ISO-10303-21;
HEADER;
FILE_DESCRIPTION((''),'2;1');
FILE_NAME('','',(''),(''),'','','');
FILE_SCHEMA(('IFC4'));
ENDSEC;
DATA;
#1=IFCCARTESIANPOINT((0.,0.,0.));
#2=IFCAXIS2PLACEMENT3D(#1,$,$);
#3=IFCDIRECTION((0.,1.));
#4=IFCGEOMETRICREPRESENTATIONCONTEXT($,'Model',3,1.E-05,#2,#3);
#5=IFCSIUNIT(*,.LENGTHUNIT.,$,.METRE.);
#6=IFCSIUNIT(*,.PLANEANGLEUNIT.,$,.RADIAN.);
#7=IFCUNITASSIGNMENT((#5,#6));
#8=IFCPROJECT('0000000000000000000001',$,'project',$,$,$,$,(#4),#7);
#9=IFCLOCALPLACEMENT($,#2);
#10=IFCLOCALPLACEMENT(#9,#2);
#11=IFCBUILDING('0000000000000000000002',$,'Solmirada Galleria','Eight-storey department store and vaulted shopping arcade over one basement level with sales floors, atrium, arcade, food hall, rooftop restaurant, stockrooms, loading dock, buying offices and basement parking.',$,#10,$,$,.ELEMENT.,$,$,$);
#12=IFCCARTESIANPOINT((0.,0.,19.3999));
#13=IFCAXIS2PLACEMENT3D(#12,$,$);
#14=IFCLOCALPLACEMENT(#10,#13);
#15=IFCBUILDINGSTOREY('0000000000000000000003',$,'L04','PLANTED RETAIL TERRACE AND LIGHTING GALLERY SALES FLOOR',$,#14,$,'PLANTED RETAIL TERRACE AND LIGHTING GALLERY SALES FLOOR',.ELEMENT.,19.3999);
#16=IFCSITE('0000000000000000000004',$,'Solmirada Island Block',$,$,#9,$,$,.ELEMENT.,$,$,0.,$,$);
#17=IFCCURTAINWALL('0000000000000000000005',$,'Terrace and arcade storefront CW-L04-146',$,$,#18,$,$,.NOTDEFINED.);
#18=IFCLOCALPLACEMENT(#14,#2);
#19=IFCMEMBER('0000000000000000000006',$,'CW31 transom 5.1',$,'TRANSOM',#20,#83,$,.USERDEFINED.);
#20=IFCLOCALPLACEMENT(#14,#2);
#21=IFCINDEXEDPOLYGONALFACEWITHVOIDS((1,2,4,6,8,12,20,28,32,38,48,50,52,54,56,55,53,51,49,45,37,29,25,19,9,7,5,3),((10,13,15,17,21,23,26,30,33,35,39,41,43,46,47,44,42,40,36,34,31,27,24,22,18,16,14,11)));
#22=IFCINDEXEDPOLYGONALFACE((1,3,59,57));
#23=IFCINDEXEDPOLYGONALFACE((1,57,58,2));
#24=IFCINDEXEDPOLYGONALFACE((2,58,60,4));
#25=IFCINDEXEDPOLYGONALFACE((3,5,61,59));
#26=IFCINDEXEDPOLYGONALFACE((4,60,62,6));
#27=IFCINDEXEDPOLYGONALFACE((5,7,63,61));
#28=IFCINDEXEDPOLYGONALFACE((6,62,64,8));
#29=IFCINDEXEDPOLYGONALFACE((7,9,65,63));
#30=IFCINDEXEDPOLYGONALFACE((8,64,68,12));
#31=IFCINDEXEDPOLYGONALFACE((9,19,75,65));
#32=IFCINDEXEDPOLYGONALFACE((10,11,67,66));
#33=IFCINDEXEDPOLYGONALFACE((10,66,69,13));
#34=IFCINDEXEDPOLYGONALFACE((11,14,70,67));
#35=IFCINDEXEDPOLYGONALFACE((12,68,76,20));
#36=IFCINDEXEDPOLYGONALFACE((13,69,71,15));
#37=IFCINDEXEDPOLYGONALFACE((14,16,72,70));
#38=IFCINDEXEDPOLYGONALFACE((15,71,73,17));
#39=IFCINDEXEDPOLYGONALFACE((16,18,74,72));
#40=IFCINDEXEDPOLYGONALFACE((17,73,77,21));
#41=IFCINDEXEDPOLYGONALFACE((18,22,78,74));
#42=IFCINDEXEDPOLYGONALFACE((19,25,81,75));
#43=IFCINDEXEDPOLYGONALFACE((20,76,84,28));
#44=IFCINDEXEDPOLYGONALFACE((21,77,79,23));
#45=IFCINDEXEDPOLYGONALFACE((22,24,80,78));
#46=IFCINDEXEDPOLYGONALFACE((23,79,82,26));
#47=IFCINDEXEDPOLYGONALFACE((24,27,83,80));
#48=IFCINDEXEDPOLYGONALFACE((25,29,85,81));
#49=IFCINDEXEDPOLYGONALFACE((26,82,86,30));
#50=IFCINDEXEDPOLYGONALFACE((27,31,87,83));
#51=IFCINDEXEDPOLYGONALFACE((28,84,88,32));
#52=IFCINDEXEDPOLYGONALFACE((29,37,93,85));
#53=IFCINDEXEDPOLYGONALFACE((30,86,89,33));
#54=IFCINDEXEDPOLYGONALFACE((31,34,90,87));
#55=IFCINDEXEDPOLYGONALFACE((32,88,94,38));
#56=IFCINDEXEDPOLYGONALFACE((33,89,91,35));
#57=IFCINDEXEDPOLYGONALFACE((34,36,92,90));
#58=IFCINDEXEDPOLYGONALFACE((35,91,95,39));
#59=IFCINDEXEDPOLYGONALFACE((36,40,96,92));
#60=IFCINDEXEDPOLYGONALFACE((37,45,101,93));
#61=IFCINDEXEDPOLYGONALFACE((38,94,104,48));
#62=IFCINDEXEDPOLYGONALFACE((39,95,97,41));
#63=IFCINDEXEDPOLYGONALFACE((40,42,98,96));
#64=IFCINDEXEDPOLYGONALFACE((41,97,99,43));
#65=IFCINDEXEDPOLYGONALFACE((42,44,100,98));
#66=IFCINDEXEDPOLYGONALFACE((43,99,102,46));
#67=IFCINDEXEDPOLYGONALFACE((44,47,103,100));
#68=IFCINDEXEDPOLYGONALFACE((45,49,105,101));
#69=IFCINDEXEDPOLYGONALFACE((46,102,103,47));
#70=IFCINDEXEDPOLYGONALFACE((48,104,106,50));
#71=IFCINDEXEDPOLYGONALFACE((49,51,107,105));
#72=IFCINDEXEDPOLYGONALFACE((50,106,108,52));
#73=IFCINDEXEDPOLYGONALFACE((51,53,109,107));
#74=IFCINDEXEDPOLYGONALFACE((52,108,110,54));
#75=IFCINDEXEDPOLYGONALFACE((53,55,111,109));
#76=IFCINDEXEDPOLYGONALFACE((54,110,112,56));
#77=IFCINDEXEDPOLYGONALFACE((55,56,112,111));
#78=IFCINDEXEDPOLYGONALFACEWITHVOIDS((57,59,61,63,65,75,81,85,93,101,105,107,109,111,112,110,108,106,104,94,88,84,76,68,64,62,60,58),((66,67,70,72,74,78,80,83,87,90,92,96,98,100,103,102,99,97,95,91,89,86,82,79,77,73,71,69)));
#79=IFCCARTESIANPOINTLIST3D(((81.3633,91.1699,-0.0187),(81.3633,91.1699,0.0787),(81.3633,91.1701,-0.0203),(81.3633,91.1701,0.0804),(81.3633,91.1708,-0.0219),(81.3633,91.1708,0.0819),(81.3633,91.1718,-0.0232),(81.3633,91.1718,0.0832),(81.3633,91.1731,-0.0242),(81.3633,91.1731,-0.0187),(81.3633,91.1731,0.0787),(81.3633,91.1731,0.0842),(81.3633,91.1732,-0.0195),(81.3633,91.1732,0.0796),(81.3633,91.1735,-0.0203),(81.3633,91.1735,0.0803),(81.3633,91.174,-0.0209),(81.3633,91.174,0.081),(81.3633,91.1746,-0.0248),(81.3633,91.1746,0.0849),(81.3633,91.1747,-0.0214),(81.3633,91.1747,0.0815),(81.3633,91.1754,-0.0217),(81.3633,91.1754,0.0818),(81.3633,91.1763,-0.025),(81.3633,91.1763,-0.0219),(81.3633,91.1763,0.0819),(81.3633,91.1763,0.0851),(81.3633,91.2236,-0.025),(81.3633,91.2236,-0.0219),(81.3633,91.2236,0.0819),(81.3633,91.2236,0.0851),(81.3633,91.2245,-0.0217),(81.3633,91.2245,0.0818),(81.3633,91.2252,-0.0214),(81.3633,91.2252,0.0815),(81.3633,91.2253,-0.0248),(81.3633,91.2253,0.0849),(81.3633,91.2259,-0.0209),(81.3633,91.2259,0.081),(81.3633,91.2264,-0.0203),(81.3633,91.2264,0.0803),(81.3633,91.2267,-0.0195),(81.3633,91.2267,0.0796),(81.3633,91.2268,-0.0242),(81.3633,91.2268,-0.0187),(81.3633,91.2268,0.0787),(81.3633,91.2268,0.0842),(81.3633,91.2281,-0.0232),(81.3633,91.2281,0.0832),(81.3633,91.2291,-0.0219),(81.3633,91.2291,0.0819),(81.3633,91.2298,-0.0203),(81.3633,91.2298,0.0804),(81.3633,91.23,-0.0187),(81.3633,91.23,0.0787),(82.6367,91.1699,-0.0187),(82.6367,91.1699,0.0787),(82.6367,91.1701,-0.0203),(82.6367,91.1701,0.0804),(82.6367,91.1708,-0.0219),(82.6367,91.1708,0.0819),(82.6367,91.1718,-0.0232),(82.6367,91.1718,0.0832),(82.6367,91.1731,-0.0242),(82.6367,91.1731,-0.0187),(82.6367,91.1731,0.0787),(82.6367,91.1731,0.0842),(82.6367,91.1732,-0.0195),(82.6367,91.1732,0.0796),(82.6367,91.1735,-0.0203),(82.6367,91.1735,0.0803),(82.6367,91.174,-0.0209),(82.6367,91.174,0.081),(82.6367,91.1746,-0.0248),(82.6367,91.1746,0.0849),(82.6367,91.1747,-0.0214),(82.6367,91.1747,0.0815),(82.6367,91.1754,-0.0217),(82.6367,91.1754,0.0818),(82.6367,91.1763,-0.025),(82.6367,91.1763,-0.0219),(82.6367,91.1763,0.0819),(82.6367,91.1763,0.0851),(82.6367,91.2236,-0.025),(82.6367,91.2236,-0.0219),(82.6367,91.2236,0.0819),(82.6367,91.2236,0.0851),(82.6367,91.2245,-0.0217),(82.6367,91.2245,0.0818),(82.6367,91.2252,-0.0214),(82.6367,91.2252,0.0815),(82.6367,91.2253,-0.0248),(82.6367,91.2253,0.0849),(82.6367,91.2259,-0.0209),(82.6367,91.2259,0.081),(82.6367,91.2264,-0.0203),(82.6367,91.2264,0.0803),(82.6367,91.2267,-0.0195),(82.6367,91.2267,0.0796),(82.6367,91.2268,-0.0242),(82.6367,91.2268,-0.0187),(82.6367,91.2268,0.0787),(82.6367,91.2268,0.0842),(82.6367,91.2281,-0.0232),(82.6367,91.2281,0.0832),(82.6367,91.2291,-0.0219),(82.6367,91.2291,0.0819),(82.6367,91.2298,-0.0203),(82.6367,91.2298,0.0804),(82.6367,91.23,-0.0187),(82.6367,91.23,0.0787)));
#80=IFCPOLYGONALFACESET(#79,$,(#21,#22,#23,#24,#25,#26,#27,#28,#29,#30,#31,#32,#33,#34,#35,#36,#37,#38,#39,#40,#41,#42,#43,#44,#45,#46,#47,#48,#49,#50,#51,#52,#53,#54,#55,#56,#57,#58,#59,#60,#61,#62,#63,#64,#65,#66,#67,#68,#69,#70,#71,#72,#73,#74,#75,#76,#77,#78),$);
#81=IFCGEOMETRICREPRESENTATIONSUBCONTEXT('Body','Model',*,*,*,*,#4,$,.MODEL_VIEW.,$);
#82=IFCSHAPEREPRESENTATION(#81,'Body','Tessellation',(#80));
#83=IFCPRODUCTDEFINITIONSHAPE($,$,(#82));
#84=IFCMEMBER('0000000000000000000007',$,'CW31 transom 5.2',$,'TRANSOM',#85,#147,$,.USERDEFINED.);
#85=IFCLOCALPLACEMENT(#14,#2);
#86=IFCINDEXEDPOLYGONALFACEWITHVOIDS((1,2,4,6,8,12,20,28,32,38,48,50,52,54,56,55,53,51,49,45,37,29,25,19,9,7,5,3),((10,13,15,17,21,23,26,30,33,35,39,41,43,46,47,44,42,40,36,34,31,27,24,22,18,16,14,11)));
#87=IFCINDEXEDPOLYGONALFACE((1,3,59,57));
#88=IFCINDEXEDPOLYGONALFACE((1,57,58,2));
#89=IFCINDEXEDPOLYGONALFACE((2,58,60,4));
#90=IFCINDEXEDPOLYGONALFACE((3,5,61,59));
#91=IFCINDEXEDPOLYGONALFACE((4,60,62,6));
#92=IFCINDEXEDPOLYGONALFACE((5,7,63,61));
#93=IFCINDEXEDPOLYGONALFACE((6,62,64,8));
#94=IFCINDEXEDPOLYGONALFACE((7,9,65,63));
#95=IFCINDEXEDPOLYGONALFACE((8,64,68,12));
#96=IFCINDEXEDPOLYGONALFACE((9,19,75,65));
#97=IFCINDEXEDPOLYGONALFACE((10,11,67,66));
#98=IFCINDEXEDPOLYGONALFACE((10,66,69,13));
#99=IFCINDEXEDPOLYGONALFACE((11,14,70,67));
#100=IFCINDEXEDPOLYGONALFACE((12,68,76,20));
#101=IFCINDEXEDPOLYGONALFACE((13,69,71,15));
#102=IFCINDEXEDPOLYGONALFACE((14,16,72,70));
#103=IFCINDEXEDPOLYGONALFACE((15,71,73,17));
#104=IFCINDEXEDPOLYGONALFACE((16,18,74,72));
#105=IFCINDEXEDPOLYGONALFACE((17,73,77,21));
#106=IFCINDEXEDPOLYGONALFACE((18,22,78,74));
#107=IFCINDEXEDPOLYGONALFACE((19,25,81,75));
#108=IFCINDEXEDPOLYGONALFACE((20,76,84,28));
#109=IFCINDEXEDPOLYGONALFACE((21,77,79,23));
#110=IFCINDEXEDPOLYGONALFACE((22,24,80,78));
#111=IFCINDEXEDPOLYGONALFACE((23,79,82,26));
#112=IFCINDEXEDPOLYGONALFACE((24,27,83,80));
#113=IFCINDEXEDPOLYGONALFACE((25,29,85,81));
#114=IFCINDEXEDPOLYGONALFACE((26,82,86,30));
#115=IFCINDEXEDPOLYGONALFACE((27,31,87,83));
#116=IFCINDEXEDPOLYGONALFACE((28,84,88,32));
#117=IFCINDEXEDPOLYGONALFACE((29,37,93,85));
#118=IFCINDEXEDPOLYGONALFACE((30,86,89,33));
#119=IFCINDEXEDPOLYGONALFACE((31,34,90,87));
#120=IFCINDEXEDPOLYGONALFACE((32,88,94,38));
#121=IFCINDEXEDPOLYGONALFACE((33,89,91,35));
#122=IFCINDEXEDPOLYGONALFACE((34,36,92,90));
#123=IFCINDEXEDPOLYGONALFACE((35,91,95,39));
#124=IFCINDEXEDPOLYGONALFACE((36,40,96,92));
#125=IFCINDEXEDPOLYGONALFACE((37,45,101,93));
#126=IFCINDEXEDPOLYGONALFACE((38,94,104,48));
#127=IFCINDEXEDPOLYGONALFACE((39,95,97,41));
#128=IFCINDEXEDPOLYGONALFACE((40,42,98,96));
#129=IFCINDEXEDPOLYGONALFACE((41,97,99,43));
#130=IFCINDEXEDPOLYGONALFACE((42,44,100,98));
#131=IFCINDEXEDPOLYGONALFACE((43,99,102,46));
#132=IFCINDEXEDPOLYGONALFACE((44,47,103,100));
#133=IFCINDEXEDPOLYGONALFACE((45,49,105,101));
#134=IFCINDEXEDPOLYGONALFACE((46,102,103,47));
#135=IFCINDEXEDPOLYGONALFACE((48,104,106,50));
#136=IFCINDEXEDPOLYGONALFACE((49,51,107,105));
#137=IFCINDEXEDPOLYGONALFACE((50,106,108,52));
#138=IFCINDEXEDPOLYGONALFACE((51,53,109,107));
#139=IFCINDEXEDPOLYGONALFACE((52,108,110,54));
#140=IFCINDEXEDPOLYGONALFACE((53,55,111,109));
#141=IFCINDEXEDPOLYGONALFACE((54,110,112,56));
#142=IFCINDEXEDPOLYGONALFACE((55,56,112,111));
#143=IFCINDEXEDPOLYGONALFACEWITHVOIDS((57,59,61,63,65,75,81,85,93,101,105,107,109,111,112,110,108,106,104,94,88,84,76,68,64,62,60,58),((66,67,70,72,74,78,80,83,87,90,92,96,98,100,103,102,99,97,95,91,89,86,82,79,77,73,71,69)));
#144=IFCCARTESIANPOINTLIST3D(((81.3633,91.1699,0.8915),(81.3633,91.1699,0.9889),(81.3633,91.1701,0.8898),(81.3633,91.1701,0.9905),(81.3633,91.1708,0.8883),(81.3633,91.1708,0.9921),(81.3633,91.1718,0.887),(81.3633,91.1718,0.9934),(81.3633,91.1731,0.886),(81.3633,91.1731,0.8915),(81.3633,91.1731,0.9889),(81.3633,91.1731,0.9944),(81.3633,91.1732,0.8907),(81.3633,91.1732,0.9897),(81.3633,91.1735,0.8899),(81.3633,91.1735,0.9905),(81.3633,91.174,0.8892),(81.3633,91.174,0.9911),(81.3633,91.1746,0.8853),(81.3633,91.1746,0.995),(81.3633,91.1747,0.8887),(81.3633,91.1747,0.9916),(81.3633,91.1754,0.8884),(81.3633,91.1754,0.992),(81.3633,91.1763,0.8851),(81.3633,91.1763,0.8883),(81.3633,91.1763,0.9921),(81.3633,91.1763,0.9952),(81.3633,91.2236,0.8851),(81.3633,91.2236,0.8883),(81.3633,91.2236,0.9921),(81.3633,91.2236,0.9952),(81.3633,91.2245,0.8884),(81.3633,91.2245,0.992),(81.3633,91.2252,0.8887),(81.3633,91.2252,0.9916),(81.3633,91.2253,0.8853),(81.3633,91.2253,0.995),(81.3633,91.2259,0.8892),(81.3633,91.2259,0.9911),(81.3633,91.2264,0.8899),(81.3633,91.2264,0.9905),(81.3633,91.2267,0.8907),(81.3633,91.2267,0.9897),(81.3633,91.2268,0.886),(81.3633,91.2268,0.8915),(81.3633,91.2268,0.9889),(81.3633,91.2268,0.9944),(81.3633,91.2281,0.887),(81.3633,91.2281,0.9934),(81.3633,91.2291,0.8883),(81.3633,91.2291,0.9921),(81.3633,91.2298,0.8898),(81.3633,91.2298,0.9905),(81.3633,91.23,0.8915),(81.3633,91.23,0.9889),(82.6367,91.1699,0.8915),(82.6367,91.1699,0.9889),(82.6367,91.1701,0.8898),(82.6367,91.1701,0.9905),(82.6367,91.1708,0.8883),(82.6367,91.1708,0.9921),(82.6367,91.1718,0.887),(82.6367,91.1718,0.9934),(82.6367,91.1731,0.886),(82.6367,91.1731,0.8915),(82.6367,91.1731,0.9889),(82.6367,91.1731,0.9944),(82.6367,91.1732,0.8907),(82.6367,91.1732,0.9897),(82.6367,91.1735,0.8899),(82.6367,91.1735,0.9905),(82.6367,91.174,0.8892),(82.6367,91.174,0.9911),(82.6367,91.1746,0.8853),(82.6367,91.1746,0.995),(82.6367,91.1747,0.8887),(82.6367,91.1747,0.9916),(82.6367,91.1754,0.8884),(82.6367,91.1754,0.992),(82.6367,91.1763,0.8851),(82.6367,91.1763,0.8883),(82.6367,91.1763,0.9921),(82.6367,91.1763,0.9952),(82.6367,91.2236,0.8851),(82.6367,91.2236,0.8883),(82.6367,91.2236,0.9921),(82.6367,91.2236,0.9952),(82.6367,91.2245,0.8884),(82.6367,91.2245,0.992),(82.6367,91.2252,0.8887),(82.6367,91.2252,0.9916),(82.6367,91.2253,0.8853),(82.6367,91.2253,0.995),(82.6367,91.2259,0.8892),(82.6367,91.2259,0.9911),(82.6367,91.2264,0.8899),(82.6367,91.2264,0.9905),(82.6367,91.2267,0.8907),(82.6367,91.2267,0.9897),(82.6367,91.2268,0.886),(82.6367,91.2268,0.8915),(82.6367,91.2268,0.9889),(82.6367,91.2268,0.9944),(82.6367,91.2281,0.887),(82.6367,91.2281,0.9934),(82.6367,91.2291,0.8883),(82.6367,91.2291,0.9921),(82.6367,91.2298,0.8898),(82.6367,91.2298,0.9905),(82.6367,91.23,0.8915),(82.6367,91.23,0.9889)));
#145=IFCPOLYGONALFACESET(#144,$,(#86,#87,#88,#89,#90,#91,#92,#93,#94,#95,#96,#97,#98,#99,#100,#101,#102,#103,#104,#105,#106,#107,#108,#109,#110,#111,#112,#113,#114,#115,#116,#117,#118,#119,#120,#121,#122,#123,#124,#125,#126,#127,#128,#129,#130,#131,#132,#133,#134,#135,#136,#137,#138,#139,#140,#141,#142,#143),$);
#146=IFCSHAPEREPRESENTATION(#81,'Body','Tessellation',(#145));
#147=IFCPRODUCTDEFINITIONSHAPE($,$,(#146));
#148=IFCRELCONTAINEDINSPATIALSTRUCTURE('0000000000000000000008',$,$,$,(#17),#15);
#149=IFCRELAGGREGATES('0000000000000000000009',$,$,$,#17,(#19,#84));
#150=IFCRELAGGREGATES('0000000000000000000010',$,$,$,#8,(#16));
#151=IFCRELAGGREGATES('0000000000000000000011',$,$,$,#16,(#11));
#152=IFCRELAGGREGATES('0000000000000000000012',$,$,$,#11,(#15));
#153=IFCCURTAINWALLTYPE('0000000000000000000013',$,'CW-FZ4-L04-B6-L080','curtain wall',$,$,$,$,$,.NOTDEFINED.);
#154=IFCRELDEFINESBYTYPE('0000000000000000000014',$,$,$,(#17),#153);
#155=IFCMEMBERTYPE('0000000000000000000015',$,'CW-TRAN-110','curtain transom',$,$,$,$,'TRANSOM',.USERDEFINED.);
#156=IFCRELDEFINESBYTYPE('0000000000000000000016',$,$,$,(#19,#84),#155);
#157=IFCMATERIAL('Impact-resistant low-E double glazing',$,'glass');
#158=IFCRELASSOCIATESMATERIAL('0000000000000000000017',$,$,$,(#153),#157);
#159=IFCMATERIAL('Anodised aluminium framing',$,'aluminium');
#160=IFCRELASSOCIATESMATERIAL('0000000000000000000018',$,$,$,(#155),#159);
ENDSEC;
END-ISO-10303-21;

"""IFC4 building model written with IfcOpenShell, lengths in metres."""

from ifc_helpers import new_model, si_unit, direction, frame, origin, origin_2d, place, context, subcontext, project, spatial, hollow_rectangle, extrude, material, material_profile, profile_set, type_object, element, aggregate, save


model = new_model("IFC4")

# Units and contexts
model_context = context("Model", 3, precision=1e-05, world=origin(), true_north=direction((0.0, 1.0)))
body_context = subcontext(model_context, "Body", "Model", "MODEL_VIEW")
ifc_project = project(units=[si_unit("LENGTHUNIT", "METRE"), si_unit("PLANEANGLEUNIT", "RADIAN")], contexts=[model_context])

# Site, building, storey
site_placement = place(None, origin())
site = spatial("IfcSite", under=ifc_project, at=site_placement, Name="Solmirada Island Block", CompositionType="ELEMENT", RefElevation=0.0)
building_placement = place(site_placement, origin())
building = spatial("IfcBuilding", under=site, at=building_placement, Name="Solmirada Galleria", Description="Eight-storey department store and vaulted shopping arcade over one basement level with sales floors, atrium, arcade, food hall, rooftop restaurant, stockrooms, loading dock, buying offices and basement parking.", CompositionType="ELEMENT")
storey_placement = place(building_placement, frame((0.0, 0.0, 19.3999)))
storey = spatial("IfcBuildingStorey", under=building, at=storey_placement, Name="L04", Description="PLANTED RETAIL TERRACE AND LIGHTING GALLERY SALES FLOOR", LongName="PLANTED RETAIL TERRACE AND LIGHTING GALLERY SALES FLOOR", CompositionType="ELEMENT", Elevation=19.3999)

# Curtain wall, members
ifc_material_1 = material(Name="Impact-resistant low-E double glazing", Category="glass")
curtain_wall_type = type_object("IfcCurtainWallType", Name="CW-FZ4-L04-B6-L080", Description="curtain wall", PredefinedType="NOTDEFINED", material=ifc_material_1)
curtain_wall_placement = place(storey_placement, origin())
curtain_wall = element("IfcCurtainWall", 1, at=curtain_wall_placement, inside=storey, type_object=curtain_wall_type, Name="Terrace and arcade storefront CW-L04-146", PredefinedType="NOTDEFINED")
ifc_material_2 = material(Name="Anodised aluminium framing", Category="aluminium")
ifc_material_profile_1 = material_profile(ifc_material_2, hollow_rectangle(XDim=0.0601, YDim=0.1101, WallThickness=0.0032, InnerFilletRadius=0.0032, OuterFilletRadius=0.0063, at=origin_2d()), Name="ALU-TRAN-110X60")
ifc_profile_set_1 = profile_set([ifc_material_profile_1], Name="Anodised aluminium framing")
member_type_1 = type_object("IfcMemberType", Name="CW-TRAN-110", Description="curtain transom", ElementType="TRANSOM", PredefinedType="USERDEFINED", material=ifc_profile_set_1)
member_1_placement = place(storey_placement, frame((82.6367, 91.2, 0.03), z_axis=(-1.0, 0.0, 0.0), x_axis=(0.0, -1.0, 0.0)))
member_1 = element("IfcMember", 2, at=member_1_placement, type_object=member_type_1, Name="CW31 transom 5.1", ObjectType="TRANSOM", PredefinedType="USERDEFINED", context=body_context, shape_type="SweptSolid", body=[
    extrude(hollow_rectangle(XDim=0.0601, YDim=0.1101, WallThickness=0.0032, InnerFilletRadius=0.0032, OuterFilletRadius=0.0063, at=origin_2d()), origin(), (0.0, 0.0, 1.0), 1.2734),
])
member_2_placement = place(storey_placement, frame((82.6367, 91.2, 0.9402), z_axis=(-1.0, 0.0, 0.0), x_axis=(0.0, -1.0, 0.0)))
member_2 = element("IfcMember", 3, at=member_2_placement, type_object=member_type_1, Name="CW31 transom 5.2", ObjectType="TRANSOM", PredefinedType="USERDEFINED", context=body_context, shape_type="SweptSolid", body=[
    extrude(hollow_rectangle(XDim=0.0601, YDim=0.1101, WallThickness=0.0032, InnerFilletRadius=0.0032, OuterFilletRadius=0.0063, at=origin_2d()), origin(), (0.0, 0.0, 1.0), 1.2734),
])
aggregate(curtain_wall, [member_1, member_2])

save(model, "model.ifc")
